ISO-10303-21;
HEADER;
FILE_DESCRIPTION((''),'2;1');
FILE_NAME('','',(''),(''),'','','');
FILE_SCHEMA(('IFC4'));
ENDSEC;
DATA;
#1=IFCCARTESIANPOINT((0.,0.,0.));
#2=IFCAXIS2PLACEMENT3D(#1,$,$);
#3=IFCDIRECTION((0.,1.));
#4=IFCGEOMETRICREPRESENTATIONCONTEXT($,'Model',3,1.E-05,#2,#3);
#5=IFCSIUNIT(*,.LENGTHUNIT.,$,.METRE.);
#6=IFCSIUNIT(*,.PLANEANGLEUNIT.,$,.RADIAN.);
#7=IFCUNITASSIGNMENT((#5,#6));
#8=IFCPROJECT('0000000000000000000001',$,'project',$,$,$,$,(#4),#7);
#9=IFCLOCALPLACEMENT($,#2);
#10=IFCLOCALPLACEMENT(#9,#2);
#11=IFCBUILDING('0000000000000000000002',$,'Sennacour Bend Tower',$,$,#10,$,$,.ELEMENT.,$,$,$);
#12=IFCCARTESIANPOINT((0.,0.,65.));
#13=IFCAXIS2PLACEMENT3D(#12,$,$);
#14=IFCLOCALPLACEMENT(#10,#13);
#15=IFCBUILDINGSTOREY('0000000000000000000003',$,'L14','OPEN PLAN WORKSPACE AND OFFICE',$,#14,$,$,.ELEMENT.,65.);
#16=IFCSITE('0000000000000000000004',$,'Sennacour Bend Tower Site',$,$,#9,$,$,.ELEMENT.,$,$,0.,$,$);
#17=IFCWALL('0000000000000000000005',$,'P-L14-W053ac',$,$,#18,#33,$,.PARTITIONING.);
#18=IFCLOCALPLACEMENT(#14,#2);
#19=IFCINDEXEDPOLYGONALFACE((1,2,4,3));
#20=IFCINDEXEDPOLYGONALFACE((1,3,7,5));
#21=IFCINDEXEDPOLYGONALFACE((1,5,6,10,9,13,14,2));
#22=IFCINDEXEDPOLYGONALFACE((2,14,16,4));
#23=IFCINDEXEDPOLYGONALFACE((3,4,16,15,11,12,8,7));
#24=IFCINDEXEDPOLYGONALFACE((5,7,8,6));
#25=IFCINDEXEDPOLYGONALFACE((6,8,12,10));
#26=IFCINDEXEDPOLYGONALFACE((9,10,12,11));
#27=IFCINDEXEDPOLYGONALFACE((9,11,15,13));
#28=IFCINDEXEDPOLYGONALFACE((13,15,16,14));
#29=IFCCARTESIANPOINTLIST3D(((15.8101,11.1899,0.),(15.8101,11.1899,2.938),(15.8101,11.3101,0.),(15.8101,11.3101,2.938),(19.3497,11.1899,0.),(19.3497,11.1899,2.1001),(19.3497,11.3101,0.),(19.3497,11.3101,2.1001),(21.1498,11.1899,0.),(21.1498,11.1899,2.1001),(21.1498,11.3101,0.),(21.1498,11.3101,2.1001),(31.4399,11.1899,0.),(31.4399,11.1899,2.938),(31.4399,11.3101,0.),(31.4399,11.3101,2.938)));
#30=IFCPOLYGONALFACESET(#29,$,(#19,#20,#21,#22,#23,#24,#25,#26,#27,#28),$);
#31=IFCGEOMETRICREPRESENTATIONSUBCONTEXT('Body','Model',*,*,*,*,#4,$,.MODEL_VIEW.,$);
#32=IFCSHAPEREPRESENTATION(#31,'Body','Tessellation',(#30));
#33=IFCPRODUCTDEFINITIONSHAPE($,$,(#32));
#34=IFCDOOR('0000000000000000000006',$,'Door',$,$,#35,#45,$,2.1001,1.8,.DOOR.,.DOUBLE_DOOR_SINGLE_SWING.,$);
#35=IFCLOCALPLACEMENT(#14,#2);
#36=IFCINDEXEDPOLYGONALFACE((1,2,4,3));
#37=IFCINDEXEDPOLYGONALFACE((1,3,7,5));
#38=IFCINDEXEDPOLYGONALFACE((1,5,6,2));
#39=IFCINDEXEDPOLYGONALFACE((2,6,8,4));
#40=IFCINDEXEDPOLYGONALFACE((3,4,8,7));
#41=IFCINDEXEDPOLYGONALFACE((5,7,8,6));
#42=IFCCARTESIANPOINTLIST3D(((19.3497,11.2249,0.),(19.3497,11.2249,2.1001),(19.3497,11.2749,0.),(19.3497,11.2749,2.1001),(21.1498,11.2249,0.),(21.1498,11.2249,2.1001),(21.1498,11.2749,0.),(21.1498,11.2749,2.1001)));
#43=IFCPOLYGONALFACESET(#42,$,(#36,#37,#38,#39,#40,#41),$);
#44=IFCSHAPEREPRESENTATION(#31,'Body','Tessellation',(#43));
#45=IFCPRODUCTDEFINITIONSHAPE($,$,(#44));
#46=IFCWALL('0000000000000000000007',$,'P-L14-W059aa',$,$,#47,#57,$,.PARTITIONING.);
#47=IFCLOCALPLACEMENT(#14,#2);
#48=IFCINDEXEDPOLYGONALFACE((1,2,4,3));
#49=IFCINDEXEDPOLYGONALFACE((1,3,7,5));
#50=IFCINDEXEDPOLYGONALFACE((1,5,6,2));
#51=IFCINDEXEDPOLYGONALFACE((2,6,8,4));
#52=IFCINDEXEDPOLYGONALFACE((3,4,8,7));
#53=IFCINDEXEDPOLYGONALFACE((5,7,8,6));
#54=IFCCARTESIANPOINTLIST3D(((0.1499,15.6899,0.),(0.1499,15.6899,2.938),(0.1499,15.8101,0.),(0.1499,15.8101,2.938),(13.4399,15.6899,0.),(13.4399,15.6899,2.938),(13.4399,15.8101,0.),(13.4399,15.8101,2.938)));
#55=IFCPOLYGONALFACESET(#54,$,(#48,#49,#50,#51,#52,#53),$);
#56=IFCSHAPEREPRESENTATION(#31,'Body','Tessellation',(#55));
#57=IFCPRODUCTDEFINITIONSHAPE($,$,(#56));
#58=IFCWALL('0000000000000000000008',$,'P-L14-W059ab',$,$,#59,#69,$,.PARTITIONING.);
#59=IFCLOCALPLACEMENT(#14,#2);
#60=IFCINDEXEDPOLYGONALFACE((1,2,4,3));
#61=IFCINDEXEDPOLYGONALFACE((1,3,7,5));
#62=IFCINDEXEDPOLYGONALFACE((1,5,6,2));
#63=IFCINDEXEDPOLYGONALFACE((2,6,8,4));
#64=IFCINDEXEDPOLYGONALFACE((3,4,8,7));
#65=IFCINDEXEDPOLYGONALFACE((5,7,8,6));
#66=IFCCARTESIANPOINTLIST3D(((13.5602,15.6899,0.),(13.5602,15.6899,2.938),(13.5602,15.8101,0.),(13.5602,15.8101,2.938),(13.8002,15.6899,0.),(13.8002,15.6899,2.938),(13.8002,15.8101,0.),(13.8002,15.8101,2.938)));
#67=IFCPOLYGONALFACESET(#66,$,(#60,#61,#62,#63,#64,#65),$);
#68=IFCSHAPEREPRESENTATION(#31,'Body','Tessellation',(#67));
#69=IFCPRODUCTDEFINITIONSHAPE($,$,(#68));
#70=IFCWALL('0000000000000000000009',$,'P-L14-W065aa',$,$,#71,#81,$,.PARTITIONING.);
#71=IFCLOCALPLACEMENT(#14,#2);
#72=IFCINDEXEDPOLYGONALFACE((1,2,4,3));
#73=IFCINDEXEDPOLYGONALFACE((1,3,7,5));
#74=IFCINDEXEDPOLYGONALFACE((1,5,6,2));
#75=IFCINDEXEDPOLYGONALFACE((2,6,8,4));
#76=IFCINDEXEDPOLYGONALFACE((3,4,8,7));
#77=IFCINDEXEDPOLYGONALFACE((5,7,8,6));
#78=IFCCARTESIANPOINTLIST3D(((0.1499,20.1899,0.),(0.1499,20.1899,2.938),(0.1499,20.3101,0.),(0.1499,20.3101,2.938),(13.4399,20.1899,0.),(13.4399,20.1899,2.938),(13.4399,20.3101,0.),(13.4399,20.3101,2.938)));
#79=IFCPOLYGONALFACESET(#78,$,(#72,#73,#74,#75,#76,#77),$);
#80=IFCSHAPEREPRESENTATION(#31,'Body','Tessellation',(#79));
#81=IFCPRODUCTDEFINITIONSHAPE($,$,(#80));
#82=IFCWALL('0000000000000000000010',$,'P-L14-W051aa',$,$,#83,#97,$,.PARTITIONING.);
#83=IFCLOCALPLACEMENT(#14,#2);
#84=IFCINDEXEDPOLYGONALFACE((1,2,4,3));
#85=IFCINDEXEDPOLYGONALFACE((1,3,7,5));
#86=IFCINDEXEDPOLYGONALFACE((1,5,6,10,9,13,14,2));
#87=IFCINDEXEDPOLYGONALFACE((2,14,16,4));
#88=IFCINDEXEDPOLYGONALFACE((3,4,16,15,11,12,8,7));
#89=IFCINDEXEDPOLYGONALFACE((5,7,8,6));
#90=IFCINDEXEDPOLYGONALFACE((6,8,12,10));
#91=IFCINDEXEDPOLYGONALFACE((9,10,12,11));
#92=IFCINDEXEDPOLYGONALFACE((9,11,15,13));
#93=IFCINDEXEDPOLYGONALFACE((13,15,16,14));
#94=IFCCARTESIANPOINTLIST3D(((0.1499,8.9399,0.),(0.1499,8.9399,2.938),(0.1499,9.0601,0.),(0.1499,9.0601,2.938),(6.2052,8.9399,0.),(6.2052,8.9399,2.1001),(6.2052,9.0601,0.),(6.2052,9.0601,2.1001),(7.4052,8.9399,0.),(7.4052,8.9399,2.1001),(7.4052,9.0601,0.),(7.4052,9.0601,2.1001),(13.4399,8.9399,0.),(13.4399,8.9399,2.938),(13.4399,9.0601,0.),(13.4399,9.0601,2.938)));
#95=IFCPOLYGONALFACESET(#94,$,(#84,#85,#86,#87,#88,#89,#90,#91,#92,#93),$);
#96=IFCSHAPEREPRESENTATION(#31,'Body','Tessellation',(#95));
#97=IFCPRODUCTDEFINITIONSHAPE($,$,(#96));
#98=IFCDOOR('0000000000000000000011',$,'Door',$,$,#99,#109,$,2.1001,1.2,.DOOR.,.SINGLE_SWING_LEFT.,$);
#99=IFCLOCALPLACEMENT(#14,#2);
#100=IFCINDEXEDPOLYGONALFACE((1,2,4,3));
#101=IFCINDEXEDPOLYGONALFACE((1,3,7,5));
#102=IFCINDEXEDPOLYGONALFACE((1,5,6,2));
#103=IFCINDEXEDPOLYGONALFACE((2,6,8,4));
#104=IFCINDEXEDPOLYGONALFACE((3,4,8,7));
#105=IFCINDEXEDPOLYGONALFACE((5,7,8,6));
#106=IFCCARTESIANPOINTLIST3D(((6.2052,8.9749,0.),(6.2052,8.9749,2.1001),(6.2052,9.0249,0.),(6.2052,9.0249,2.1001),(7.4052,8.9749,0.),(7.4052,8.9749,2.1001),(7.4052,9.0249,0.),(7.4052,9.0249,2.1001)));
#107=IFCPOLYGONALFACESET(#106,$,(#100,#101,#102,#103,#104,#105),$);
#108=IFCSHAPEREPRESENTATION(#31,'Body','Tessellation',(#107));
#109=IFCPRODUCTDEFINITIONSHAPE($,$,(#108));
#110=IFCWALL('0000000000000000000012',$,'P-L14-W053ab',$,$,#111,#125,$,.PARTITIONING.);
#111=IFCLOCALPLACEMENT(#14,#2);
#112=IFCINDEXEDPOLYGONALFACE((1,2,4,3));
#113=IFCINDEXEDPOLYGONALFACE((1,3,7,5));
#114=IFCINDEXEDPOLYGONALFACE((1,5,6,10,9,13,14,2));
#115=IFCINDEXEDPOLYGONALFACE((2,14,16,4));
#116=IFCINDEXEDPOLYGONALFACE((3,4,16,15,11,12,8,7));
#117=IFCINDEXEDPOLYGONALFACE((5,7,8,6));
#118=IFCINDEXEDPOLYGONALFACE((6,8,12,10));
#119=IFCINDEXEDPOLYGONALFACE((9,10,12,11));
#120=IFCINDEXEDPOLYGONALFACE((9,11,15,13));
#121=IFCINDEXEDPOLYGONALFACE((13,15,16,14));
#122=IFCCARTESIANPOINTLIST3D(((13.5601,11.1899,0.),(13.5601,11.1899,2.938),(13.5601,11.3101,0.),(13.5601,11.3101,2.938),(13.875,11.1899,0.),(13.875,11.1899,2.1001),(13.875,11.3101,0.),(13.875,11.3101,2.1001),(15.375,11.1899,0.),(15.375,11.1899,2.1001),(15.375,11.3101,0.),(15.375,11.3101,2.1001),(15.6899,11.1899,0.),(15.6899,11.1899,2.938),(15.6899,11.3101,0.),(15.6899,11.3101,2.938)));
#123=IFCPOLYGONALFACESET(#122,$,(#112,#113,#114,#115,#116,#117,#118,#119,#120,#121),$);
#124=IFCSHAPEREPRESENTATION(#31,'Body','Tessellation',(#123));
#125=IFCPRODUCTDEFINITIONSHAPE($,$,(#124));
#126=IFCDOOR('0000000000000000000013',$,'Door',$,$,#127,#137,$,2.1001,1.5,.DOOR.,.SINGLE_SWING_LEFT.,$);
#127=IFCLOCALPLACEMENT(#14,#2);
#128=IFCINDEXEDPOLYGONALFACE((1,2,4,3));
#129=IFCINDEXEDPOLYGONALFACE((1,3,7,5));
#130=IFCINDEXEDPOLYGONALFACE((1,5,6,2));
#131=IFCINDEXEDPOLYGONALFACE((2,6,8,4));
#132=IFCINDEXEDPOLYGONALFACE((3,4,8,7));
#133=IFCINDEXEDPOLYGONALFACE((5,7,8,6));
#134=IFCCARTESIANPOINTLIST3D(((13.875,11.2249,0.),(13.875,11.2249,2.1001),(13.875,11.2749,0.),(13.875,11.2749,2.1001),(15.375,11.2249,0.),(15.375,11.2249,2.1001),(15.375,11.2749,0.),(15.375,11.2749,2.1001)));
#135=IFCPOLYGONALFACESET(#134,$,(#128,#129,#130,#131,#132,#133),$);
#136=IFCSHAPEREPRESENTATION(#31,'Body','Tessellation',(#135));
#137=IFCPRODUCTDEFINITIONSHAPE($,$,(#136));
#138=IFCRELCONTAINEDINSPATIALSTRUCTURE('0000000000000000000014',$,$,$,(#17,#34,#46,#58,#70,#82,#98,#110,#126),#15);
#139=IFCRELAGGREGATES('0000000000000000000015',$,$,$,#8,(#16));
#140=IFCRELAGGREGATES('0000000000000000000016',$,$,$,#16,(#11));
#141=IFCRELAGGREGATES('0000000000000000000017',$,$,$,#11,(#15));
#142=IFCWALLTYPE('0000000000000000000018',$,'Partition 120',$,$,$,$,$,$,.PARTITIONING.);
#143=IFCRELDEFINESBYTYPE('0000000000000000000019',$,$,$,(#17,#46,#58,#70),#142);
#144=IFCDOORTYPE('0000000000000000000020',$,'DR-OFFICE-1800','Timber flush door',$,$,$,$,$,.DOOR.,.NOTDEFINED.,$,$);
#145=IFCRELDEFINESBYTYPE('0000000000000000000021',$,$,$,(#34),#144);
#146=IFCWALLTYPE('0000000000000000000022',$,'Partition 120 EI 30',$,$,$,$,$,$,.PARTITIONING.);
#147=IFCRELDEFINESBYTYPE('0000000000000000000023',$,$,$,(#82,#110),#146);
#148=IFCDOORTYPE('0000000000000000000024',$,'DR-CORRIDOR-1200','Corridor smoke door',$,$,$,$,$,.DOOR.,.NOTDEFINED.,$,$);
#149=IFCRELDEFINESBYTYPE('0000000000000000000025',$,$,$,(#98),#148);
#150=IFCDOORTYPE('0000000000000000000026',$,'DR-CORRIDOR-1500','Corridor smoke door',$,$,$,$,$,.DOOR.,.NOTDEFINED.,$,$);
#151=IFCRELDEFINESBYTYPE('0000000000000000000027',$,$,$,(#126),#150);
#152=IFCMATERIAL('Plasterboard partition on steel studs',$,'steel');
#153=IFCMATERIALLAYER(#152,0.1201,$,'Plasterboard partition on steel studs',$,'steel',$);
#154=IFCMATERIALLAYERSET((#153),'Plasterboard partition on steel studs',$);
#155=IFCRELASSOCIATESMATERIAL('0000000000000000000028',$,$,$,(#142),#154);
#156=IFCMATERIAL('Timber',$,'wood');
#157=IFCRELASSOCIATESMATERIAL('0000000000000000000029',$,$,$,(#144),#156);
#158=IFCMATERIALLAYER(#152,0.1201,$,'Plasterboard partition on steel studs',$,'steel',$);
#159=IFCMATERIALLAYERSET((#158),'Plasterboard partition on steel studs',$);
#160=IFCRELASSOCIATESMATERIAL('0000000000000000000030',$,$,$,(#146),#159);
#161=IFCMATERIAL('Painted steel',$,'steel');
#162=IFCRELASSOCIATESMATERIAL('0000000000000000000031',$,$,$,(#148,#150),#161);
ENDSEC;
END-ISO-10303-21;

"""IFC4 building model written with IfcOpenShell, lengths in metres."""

from ifc_helpers import new_model, si_unit, direction, frame, frame_2d, origin, place, context, subcontext, project, spatial, rectangle, extrude, material, layer, layer_set, type_object, element, fill, save


model = new_model("IFC4")

# Units and contexts
model_context = context("Model", 3, precision=1e-05, world=origin(), true_north=direction((0.0, 1.0)))
body_context = subcontext(model_context, "Body", "Model", "MODEL_VIEW")
ifc_project = project(units=[si_unit("LENGTHUNIT", "METRE"), si_unit("PLANEANGLEUNIT", "RADIAN")], contexts=[model_context])

# Site, building, storey
site_placement = place(None, origin())
site = spatial("IfcSite", under=ifc_project, at=site_placement, Name="Sennacour Bend Tower Site", CompositionType="ELEMENT", RefElevation=0.0)
building_placement = place(site_placement, origin())
building = spatial("IfcBuilding", under=site, at=building_placement, Name="Sennacour Bend Tower", CompositionType="ELEMENT")
storey_placement = place(building_placement, frame((0.0, 0.0, 65.0)))
storey = spatial("IfcBuildingStorey", under=building, at=storey_placement, Name="L14", Description="OPEN PLAN WORKSPACE AND OFFICE", CompositionType="ELEMENT", Elevation=65.0)

# Shared definitions
ifc_material_1 = material(Name="Plasterboard partition on steel studs", Category="steel")
ifc_layer_1 = layer(ifc_material_1, 0.1201, Name="Plasterboard partition on steel studs", Category="steel")
ifc_layer_set_1 = layer_set([ifc_layer_1], Name="Plasterboard partition on steel studs")
wall_type_1 = type_object("IfcWallType", Name="Partition 120", PredefinedType="PARTITIONING", material=ifc_layer_set_1)
ifc_material_2 = material(Name="Timber", Category="wood")
door_type_1 = type_object("IfcDoorType", Name="DR-OFFICE-1800", Description="Timber flush door", OperationType="NOTDEFINED", PredefinedType="DOOR", material=ifc_material_2)

# Wall, opening, door
wall_1_placement = place(storey_placement, frame((15.8101, 11.25, 0.0), z_axis=(0.0, 0.0, 1.0), x_axis=(1.0, 0.0, 0.0)))
wall_1 = element("IfcWall", 1, at=wall_1_placement, inside=storey, type_object=wall_type_1, Name="P-L14-W053ac", PredefinedType="PARTITIONING", context=body_context, shape_type="SweptSolid", body=[
    extrude(rectangle(XDim=15.6299, YDim=0.1201, at=frame_2d((7.8149, 0.0))), origin(), (0.0, 0.0, 1.0), 2.938),
])
opening_1_placement = place(wall_1_placement, frame((3.5398, 0.0, 0.0)))
opening_1 = element("IfcOpeningElement", 2, at=opening_1_placement, cuts=wall_1, PredefinedType="OPENING", context=body_context, shape_type="SweptSolid", body=[
    extrude(rectangle(XDim=1.8, YDim=2.1001, at=frame_2d((0.8999, 1.05))), frame((0.0, 0.0701, 0.0), z_axis=(0.0, -1.0, 0.0), x_axis=(1.0, 0.0, 0.0)), (0.0, 0.0, 1.0), 0.1401),
])
door_1_placement = place(opening_1_placement, origin())
door_1 = element("IfcDoor", 3, at=door_1_placement, inside=storey, type_object=door_type_1, Name="Door", OperationType="DOUBLE_DOOR_SINGLE_SWING", OverallHeight=2.1001, OverallWidth=1.8, PredefinedType="DOOR", context=body_context, shape_type="SweptSolid", body=[
    extrude(rectangle(XDim=1.8, YDim=2.1001, at=frame_2d((0.8999, 1.05))), frame((0.0, 0.0249, 0.0), z_axis=(0.0, -1.0, 0.0), x_axis=(1.0, 0.0, 0.0)), (0.0, 0.0, 1.0), 0.05),
])
fill(opening_1, door_1)

# Walls
wall_2_placement = place(storey_placement, frame((0.1499, 15.75, 0.0), z_axis=(0.0, 0.0, 1.0), x_axis=(1.0, 0.0, 0.0)))
element("IfcWall", 4, at=wall_2_placement, inside=storey, type_object=wall_type_1, Name="P-L14-W059aa", PredefinedType="PARTITIONING", context=body_context, shape_type="SweptSolid", body=[
    extrude(rectangle(XDim=13.29, YDim=0.1201, at=frame_2d((6.645, 0.0))), origin(), (0.0, 0.0, 1.0), 2.938),
])
wall_3_placement = place(storey_placement, frame((13.5601, 15.75, 0.0), z_axis=(0.0, 0.0, 1.0), x_axis=(1.0, 0.0, 0.0)))
element("IfcWall", 5, at=wall_3_placement, inside=storey, type_object=wall_type_1, Name="P-L14-W059ab", PredefinedType="PARTITIONING", context=body_context, shape_type="SweptSolid", body=[
    extrude(rectangle(XDim=0.24, YDim=0.1201, at=frame_2d((0.1201, 0.0))), origin(), (0.0, 0.0, 1.0), 2.938),
])
wall_4_placement = place(storey_placement, frame((0.1499, 20.25, 0.0), z_axis=(0.0, 0.0, 1.0), x_axis=(1.0, 0.0, 0.0)))
element("IfcWall", 6, at=wall_4_placement, inside=storey, type_object=wall_type_1, Name="P-L14-W065aa", PredefinedType="PARTITIONING", context=body_context, shape_type="SweptSolid", body=[
    extrude(rectangle(XDim=13.29, YDim=0.1201, at=frame_2d((6.645, 0.0))), origin(), (0.0, 0.0, 1.0), 2.938),
])

# Walls, openings, doors
ifc_layer_2 = layer(ifc_material_1, 0.1201, Name="Plasterboard partition on steel studs", Category="steel")
ifc_layer_set_2 = layer_set([ifc_layer_2], Name="Plasterboard partition on steel studs")
wall_type_2 = type_object("IfcWallType", Name="Partition 120 EI 30", PredefinedType="PARTITIONING", material=ifc_layer_set_2)
wall_5_placement = place(storey_placement, frame((0.1499, 9.0, 0.0), z_axis=(0.0, 0.0, 1.0), x_axis=(1.0, 0.0, 0.0)))
wall_5 = element("IfcWall", 7, at=wall_5_placement, inside=storey, type_object=wall_type_2, Name="P-L14-W051aa", PredefinedType="PARTITIONING", context=body_context, shape_type="SweptSolid", body=[
    extrude(rectangle(XDim=13.29, YDim=0.1201, at=frame_2d((6.645, 0.0))), origin(), (0.0, 0.0, 1.0), 2.938),
])
opening_2_placement = place(wall_5_placement, frame((6.0552, 0.0, 0.0)))
opening_2 = element("IfcOpeningElement", 8, at=opening_2_placement, cuts=wall_5, PredefinedType="OPENING", context=body_context, shape_type="SweptSolid", body=[
    extrude(rectangle(XDim=1.2, YDim=2.1001, at=frame_2d((0.6001, 1.05))), frame((0.0, 0.0701, 0.0), z_axis=(0.0, -1.0, 0.0), x_axis=(1.0, 0.0, 0.0)), (0.0, 0.0, 1.0), 0.1401),
])
ifc_material_3 = material(Name="Painted steel", Category="steel")
door_type_2 = type_object("IfcDoorType", Name="DR-CORRIDOR-1200", Description="Corridor smoke door", OperationType="NOTDEFINED", PredefinedType="DOOR", material=ifc_material_3)
door_2_placement = place(opening_2_placement, origin())
door_2 = element("IfcDoor", 9, at=door_2_placement, inside=storey, type_object=door_type_2, Name="Door", OperationType="SINGLE_SWING_LEFT", OverallHeight=2.1001, OverallWidth=1.2, PredefinedType="DOOR", context=body_context, shape_type="SweptSolid", body=[
    extrude(rectangle(XDim=1.2, YDim=2.1001, at=frame_2d((0.6001, 1.05))), frame((0.0, 0.0249, 0.0), z_axis=(0.0, -1.0, 0.0), x_axis=(1.0, 0.0, 0.0)), (0.0, 0.0, 1.0), 0.05),
])
fill(opening_2, door_2)
wall_6_placement = place(storey_placement, frame((13.5601, 11.25, 0.0), z_axis=(0.0, 0.0, 1.0), x_axis=(1.0, 0.0, 0.0)))
wall_6 = element("IfcWall", 10, at=wall_6_placement, inside=storey, type_object=wall_type_2, Name="P-L14-W053ab", PredefinedType="PARTITIONING", context=body_context, shape_type="SweptSolid", body=[
    extrude(rectangle(XDim=2.1299, YDim=0.1201, at=frame_2d((1.0649, 0.0))), origin(), (0.0, 0.0, 1.0), 2.938),
])
opening_3_placement = place(wall_6_placement, frame((0.3149, 0.0, 0.0)))
opening_3 = element("IfcOpeningElement", 11, at=opening_3_placement, cuts=wall_6, PredefinedType="OPENING", context=body_context, shape_type="SweptSolid", body=[
    extrude(rectangle(XDim=1.5, YDim=2.1001, at=frame_2d((0.75, 1.05))), frame((0.0, 0.0701, 0.0), z_axis=(0.0, -1.0, 0.0), x_axis=(1.0, 0.0, 0.0)), (0.0, 0.0, 1.0), 0.1401),
])
door_type_3 = type_object("IfcDoorType", Name="DR-CORRIDOR-1500", Description="Corridor smoke door", OperationType="NOTDEFINED", PredefinedType="DOOR", material=ifc_material_3)
door_3_placement = place(opening_3_placement, origin())
door_3 = element("IfcDoor", 12, at=door_3_placement, inside=storey, type_object=door_type_3, Name="Door", OperationType="SINGLE_SWING_LEFT", OverallHeight=2.1001, OverallWidth=1.5, PredefinedType="DOOR", context=body_context, shape_type="SweptSolid", body=[
    extrude(rectangle(XDim=1.5, YDim=2.1001, at=frame_2d((0.75, 1.05))), frame((0.0, 0.0249, 0.0), z_axis=(0.0, -1.0, 0.0), x_axis=(1.0, 0.0, 0.0)), (0.0, 0.0, 1.0), 0.05),
])
fill(opening_3, door_3)

save(model, "model.ifc")
